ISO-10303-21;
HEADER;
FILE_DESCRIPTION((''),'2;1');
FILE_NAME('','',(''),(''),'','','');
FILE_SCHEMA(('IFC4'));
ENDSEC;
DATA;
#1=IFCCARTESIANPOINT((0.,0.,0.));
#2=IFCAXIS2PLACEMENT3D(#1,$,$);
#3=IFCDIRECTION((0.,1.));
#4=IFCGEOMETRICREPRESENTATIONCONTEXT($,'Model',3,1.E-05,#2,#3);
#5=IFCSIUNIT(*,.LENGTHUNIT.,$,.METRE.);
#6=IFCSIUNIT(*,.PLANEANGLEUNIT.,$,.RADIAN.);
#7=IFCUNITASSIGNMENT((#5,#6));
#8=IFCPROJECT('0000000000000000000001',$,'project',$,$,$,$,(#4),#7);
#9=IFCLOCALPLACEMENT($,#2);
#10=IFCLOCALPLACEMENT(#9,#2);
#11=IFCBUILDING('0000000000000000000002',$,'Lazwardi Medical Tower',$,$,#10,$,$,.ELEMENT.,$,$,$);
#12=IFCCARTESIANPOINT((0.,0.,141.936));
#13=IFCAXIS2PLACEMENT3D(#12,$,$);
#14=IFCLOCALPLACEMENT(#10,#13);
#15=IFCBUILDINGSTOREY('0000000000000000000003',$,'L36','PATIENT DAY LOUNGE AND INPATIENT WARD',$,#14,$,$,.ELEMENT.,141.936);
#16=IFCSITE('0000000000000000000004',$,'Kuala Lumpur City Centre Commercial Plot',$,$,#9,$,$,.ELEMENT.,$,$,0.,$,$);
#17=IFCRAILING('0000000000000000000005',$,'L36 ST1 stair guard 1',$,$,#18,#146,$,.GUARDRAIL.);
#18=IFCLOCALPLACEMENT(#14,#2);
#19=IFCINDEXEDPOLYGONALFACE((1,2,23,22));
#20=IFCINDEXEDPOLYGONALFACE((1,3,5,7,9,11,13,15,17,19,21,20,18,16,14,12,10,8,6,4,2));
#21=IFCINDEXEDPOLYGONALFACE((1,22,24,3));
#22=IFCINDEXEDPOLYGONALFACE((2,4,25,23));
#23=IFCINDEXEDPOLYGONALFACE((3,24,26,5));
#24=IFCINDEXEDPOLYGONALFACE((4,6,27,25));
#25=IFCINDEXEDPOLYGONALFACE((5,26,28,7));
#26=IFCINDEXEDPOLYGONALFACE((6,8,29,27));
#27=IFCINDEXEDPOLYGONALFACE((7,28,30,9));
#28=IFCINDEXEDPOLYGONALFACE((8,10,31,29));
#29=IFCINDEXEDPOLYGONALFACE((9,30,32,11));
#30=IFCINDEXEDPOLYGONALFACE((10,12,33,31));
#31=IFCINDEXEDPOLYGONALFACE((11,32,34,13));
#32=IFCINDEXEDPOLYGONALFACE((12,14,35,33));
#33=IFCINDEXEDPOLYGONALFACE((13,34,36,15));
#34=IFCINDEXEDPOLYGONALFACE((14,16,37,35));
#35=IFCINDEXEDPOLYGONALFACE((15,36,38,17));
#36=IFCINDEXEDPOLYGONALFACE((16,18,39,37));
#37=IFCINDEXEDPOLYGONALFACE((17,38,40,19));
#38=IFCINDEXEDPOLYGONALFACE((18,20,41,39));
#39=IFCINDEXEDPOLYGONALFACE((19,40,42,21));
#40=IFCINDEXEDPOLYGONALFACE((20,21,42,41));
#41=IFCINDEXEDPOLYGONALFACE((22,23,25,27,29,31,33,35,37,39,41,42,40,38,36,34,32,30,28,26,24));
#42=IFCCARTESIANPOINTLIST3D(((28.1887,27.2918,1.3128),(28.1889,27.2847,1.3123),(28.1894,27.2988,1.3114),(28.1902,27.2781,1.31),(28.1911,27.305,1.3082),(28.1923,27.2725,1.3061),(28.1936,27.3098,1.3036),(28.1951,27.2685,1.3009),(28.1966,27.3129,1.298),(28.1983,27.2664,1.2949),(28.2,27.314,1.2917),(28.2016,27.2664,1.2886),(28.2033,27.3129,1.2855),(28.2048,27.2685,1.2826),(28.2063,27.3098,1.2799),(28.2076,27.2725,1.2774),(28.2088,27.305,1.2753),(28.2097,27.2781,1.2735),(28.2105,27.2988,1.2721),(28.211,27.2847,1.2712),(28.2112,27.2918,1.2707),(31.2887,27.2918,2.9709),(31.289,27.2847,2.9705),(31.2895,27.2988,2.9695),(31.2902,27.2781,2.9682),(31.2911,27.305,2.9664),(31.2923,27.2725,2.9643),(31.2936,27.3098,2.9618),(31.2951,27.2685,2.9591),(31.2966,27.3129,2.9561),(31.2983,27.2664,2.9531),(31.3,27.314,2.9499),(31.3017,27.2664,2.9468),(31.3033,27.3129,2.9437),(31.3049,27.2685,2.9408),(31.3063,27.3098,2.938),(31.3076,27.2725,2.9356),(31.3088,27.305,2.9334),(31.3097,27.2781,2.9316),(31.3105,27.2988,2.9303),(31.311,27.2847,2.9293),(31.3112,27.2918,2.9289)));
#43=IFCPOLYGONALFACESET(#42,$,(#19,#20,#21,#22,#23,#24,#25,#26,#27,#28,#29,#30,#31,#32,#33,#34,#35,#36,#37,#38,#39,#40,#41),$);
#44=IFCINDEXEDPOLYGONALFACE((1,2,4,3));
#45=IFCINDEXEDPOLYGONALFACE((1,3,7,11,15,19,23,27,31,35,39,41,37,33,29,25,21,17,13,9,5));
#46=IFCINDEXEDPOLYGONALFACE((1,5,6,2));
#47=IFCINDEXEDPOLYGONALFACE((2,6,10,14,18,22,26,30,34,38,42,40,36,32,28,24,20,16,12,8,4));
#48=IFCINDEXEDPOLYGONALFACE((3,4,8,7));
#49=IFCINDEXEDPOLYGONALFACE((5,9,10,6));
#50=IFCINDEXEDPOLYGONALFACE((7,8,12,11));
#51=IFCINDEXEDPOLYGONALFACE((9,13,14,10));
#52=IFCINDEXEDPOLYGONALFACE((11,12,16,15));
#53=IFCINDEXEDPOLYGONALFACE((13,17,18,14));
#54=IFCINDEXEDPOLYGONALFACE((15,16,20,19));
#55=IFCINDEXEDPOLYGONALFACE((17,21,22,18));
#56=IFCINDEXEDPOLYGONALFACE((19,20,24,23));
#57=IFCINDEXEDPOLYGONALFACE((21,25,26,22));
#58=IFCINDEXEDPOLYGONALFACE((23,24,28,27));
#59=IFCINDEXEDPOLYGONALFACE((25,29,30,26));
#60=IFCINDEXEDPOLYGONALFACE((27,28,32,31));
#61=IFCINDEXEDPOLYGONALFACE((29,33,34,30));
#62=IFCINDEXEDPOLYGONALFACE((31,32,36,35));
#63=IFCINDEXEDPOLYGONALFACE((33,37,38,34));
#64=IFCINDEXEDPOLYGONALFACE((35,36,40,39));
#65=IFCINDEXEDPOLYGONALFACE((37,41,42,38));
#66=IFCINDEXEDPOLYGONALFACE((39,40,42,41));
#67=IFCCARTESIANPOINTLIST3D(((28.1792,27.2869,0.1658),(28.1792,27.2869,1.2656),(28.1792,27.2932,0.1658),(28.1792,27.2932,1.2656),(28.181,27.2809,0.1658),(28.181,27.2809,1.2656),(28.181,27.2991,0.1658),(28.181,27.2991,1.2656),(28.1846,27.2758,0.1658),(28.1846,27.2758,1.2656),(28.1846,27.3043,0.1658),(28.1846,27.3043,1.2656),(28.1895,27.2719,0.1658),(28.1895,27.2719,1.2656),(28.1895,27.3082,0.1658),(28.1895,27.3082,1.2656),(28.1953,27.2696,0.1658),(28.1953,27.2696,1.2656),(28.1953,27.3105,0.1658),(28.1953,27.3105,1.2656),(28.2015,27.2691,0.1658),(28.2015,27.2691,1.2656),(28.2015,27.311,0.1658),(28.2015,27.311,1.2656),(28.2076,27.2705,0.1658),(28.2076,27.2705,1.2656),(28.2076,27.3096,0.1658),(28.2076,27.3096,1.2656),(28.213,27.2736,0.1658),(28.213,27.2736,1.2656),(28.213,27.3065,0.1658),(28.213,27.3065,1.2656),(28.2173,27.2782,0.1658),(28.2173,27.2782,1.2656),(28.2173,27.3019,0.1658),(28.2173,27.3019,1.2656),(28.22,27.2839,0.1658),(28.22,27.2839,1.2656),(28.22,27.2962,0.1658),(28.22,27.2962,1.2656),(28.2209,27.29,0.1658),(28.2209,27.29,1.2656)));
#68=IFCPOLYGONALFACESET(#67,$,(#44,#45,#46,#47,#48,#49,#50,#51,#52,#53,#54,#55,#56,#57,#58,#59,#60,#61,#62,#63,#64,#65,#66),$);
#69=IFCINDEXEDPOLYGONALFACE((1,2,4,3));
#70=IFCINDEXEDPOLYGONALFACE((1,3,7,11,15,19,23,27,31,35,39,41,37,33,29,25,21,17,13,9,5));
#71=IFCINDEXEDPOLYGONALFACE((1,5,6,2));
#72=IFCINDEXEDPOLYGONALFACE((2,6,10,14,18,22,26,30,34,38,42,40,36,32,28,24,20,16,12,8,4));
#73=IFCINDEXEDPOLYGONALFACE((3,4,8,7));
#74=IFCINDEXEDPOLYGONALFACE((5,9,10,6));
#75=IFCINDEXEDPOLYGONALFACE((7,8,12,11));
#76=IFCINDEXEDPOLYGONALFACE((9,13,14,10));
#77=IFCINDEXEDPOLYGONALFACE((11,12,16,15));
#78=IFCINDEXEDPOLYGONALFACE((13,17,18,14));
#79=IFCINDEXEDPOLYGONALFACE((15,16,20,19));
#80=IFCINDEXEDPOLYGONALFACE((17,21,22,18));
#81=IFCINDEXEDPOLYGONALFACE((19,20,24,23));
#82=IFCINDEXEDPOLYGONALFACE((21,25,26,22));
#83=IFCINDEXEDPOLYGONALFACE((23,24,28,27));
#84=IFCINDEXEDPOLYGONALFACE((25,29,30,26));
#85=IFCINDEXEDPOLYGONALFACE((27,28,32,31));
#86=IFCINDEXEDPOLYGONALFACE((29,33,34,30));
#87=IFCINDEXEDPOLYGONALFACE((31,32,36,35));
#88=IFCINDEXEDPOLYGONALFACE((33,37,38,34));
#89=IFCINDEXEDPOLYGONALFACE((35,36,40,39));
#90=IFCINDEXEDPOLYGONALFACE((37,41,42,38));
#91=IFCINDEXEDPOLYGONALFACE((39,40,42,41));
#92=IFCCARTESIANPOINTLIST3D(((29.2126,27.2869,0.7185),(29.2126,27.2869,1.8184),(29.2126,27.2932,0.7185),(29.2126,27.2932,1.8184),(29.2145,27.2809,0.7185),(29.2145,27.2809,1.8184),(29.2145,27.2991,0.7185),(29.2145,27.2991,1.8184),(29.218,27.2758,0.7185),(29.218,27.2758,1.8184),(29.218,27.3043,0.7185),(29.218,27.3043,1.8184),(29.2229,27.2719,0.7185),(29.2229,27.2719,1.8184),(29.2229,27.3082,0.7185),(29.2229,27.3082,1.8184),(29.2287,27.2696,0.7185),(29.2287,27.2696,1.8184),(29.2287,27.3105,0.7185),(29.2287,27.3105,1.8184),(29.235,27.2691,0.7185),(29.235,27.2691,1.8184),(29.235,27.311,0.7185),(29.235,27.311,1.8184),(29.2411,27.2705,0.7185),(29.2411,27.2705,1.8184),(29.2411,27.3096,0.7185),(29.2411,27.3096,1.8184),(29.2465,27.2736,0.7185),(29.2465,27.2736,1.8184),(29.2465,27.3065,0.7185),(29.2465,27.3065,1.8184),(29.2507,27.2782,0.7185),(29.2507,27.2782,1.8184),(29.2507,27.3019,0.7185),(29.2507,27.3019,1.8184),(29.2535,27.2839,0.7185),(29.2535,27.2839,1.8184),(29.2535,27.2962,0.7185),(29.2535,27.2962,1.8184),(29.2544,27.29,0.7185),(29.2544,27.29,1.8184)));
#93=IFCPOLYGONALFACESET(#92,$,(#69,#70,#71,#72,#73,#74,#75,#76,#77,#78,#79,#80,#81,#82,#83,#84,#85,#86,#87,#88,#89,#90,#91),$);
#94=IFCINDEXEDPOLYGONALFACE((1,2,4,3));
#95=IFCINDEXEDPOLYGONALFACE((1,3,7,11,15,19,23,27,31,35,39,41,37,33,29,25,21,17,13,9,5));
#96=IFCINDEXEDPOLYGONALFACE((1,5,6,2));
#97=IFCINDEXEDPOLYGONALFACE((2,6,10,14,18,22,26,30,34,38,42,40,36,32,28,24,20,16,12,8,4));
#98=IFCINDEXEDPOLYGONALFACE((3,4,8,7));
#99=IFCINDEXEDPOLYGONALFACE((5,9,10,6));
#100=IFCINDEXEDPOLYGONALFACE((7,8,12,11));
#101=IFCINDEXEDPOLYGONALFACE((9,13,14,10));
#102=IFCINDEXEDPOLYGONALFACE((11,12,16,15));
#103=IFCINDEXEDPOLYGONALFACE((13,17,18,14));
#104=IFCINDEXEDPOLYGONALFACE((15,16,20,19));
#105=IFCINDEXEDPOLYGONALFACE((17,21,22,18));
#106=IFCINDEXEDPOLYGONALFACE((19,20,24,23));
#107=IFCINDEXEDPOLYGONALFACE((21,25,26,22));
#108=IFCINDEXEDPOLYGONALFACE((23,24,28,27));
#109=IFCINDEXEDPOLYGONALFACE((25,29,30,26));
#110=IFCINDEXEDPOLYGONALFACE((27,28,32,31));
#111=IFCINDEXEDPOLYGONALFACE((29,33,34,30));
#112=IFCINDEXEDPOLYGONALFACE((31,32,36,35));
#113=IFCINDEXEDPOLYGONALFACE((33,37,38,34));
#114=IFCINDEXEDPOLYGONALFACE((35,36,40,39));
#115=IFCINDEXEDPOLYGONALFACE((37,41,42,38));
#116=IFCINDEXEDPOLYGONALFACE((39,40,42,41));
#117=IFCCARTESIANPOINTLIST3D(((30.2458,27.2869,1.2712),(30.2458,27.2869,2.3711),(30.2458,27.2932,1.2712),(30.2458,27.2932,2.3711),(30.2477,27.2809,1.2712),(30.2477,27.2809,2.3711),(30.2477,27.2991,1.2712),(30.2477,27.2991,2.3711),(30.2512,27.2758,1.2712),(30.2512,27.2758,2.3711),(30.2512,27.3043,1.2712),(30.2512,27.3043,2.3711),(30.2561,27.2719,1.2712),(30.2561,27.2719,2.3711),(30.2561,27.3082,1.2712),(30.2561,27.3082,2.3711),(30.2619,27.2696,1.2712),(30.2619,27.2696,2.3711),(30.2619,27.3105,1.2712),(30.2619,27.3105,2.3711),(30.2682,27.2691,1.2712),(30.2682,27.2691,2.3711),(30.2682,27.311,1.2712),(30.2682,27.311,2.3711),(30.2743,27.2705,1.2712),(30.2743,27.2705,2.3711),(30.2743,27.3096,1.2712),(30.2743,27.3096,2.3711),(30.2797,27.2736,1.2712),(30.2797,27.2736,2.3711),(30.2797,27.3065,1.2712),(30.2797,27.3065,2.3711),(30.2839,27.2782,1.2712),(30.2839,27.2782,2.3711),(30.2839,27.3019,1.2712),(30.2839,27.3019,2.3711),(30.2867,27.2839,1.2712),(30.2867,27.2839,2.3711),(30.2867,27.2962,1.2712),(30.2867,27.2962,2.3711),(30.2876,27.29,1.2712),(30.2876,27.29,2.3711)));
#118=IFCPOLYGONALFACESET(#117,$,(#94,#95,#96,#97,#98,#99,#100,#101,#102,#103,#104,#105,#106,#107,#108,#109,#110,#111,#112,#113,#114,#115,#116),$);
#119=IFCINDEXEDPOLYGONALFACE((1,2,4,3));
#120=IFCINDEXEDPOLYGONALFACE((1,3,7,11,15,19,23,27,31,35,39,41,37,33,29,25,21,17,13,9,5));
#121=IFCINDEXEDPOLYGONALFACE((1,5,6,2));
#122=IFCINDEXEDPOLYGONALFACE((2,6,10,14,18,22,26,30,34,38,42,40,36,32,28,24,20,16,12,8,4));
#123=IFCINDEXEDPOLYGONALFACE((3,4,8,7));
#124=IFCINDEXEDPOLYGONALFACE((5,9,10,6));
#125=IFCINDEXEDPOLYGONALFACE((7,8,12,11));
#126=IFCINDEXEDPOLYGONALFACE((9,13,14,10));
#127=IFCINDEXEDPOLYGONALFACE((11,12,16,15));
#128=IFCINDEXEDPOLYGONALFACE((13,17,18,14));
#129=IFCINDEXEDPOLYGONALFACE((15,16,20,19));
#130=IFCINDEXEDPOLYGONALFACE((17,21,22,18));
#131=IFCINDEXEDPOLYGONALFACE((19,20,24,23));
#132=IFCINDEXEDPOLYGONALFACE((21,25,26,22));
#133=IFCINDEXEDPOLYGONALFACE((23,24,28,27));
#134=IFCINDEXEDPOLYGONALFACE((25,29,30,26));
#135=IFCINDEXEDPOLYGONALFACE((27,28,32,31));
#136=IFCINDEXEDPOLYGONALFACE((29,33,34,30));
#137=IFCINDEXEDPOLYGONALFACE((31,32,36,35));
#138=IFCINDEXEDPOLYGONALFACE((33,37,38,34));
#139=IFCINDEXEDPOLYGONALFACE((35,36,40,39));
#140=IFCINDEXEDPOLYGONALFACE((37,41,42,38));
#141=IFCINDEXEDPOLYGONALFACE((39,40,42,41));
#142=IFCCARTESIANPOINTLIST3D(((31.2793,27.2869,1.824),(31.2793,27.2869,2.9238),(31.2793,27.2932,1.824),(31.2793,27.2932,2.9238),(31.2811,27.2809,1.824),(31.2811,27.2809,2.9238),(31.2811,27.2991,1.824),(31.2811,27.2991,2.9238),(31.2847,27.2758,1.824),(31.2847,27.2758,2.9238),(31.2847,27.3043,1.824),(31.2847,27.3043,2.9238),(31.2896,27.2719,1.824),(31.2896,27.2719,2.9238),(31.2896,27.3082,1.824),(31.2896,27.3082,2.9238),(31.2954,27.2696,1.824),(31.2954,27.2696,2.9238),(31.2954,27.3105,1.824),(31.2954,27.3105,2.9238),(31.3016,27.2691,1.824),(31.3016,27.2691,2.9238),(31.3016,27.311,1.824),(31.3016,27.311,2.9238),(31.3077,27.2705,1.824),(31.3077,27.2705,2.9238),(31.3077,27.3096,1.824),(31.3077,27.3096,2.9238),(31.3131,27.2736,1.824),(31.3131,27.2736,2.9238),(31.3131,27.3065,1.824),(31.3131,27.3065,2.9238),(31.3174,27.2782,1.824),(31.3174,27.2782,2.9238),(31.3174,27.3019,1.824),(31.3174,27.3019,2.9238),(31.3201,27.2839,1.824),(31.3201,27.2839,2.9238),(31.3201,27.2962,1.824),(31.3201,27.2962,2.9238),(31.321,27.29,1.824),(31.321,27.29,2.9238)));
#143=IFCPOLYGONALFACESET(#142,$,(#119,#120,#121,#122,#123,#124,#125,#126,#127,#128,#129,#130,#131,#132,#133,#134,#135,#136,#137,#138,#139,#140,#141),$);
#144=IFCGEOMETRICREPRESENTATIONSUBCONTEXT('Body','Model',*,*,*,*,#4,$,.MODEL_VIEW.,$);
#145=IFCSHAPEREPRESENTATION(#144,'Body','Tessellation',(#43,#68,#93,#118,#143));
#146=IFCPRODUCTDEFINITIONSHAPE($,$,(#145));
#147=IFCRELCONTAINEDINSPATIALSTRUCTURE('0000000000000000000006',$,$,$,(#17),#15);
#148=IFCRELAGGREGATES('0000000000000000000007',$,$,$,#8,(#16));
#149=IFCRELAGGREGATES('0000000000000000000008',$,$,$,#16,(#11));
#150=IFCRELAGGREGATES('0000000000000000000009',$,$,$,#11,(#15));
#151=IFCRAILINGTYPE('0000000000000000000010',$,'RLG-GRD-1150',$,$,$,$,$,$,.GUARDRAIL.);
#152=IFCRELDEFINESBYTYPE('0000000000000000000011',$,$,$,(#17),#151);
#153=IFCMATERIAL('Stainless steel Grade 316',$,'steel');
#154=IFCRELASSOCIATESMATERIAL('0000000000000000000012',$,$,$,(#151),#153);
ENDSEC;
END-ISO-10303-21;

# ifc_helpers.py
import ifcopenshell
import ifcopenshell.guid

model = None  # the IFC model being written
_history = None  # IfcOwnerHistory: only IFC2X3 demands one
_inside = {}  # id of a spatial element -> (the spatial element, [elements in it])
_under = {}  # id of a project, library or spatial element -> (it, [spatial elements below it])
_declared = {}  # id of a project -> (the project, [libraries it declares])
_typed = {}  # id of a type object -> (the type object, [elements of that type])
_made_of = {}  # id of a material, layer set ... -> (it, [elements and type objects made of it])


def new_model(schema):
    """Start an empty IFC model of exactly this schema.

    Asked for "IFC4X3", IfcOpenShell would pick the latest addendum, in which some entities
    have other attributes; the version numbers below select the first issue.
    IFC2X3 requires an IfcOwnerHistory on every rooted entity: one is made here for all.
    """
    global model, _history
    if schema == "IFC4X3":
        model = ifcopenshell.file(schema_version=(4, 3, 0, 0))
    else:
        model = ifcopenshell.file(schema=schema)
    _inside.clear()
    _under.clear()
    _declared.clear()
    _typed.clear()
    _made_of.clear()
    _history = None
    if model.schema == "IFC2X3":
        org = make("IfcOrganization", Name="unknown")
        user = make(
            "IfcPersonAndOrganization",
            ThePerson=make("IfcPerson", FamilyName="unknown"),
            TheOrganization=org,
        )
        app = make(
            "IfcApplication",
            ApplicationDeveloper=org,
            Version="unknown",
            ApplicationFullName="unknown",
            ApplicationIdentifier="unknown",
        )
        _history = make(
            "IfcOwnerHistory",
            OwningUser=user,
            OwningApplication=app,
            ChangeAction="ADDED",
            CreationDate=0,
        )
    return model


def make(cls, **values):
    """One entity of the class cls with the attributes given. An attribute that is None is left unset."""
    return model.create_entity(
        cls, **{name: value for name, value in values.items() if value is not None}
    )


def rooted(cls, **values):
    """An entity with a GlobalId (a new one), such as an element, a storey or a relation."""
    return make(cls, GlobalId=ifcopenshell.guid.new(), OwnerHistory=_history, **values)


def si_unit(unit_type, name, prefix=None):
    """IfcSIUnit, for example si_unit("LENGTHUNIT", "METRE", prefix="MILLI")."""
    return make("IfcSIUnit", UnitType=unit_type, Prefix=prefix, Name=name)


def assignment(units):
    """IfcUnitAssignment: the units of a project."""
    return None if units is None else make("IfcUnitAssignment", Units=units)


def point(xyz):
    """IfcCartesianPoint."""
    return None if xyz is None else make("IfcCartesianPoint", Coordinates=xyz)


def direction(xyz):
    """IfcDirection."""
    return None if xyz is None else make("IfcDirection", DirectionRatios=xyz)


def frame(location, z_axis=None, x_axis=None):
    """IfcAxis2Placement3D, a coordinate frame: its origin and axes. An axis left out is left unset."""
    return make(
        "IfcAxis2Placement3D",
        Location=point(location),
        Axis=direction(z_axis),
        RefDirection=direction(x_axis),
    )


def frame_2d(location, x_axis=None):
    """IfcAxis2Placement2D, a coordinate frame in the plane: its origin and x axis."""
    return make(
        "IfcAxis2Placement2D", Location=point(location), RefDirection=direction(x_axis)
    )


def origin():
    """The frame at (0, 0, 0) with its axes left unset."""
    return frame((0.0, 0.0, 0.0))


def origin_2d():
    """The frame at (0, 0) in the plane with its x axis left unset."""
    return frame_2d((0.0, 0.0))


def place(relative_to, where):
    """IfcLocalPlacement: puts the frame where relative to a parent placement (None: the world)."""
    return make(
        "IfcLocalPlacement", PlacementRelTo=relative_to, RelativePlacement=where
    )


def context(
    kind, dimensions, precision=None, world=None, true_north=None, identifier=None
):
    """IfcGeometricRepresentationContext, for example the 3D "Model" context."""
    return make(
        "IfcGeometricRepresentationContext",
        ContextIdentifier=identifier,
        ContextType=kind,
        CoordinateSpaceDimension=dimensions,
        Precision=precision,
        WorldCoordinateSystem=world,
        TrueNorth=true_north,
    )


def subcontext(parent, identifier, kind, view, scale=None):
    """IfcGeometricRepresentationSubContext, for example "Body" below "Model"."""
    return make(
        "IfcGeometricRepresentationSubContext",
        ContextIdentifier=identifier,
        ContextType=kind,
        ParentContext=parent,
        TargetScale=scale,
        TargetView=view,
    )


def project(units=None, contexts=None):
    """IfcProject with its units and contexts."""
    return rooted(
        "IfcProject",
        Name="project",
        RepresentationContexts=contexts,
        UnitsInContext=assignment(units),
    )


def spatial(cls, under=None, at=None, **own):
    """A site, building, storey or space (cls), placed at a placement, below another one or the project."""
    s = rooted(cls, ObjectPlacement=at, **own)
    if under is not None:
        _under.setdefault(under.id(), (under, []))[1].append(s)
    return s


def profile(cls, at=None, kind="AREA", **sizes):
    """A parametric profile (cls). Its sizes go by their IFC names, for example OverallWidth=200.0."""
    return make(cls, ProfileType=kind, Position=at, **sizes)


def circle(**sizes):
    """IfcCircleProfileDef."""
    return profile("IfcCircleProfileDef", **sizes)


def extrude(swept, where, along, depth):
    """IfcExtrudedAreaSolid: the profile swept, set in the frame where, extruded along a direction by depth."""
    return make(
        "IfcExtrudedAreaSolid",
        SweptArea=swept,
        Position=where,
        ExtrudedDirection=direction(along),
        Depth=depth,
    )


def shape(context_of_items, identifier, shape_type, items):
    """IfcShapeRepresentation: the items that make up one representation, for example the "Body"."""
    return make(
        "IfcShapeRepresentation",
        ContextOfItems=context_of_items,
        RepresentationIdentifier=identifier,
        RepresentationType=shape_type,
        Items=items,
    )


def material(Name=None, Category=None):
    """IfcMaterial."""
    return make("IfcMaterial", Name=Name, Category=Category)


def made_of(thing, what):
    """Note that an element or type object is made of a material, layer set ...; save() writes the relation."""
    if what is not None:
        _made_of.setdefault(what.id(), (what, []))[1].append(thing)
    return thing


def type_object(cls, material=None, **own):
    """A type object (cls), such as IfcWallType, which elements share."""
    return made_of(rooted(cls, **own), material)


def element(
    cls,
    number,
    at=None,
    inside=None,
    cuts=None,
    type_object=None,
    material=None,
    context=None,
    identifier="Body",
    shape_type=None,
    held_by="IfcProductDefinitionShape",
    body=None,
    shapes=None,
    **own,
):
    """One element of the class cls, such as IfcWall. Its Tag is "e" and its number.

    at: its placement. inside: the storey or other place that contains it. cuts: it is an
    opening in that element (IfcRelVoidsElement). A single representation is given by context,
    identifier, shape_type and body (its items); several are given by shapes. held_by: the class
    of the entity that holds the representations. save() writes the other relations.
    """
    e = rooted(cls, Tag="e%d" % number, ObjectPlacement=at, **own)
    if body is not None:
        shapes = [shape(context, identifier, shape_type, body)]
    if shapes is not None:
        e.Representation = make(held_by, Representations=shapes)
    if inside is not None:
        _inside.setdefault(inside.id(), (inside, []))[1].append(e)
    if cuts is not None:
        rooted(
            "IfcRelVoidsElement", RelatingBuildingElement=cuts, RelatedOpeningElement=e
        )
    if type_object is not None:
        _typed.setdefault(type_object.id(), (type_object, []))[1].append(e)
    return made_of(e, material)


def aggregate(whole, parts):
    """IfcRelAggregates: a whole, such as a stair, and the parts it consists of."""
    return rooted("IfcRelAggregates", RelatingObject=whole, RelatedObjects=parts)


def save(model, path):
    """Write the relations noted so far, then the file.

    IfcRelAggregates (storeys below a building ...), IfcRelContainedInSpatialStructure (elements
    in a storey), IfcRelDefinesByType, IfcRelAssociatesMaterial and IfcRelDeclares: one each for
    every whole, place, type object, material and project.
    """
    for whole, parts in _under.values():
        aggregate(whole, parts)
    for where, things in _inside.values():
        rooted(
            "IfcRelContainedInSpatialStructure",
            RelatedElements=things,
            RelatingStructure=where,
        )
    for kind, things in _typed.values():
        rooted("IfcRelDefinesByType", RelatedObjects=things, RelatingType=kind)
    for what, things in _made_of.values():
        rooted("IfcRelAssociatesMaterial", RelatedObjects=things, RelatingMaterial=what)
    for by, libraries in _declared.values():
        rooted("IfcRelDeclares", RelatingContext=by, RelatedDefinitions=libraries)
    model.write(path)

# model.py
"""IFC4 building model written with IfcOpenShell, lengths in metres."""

from ifc_helpers import new_model, si_unit, direction, frame, origin, origin_2d, place, context, subcontext, project, spatial, circle, extrude, material, type_object, element, save


model = new_model("IFC4")

# Units and contexts
model_context = context("Model", 3, precision=1e-05, world=origin(), true_north=direction((0.0, 1.0)))
body_context = subcontext(model_context, "Body", "Model", "MODEL_VIEW")
ifc_project = project(units=[si_unit("LENGTHUNIT", "METRE"), si_unit("PLANEANGLEUNIT", "RADIAN")], contexts=[model_context])

# Site, building, storey
site_placement = place(None, origin())
site = spatial("IfcSite", under=ifc_project, at=site_placement, Name="Kuala Lumpur City Centre Commercial Plot", CompositionType="ELEMENT", RefElevation=0.0)
building_placement = place(site_placement, origin())
building = spatial("IfcBuilding", under=site, at=building_placement, Name="Lazwardi Medical Tower", CompositionType="ELEMENT")
storey_placement = place(building_placement, frame((0.0, 0.0, 141.936)))
storey = spatial("IfcBuildingStorey", under=building, at=storey_placement, Name="L36", Description="PATIENT DAY LOUNGE AND INPATIENT WARD", CompositionType="ELEMENT", Elevation=141.936)

# Railing
ifc_material_1 = material(Name="Stainless steel Grade 316", Category="steel")
railing_type_1 = type_object("IfcRailingType", Name="RLG-GRD-1150", PredefinedType="GUARDRAIL", material=ifc_material_1)
railing_1_placement = place(storey_placement, frame((28.2, 27.29, 0.1658)))
element("IfcRailing", 1, at=railing_1_placement, inside=storey, type_object=railing_type_1, Name="L36 ST1 stair guard 1", PredefinedType="GUARDRAIL", context=body_context, shape_type="SweptSolid", body=[
    extrude(circle(Radius=0.0239, at=origin_2d()), frame((0.0, 0.0, 1.126), z_axis=(0.881783, 0.0, 0.471655), x_axis=(0.0, 1.0, 0.0)), (0.0, 0.0, 1.0), 3.5156),
    extrude(circle(Radius=0.021, at=origin_2d()), origin(), (0.0, 0.0, 1.0), 1.0999),
    extrude(circle(Radius=0.021, at=origin_2d()), frame((1.0334, 0.0, 0.5527)), (0.0, 0.0, 1.0), 1.0999),
    extrude(circle(Radius=0.021, at=origin_2d()), frame((2.0667, 0.0, 1.1055)), (0.0, 0.0, 1.0), 1.0999),
    extrude(circle(Radius=0.021, at=origin_2d()), frame((3.1001, 0.0, 1.6582)), (0.0, 0.0, 1.0), 1.0999),
])

save(model, "model.ifc")
